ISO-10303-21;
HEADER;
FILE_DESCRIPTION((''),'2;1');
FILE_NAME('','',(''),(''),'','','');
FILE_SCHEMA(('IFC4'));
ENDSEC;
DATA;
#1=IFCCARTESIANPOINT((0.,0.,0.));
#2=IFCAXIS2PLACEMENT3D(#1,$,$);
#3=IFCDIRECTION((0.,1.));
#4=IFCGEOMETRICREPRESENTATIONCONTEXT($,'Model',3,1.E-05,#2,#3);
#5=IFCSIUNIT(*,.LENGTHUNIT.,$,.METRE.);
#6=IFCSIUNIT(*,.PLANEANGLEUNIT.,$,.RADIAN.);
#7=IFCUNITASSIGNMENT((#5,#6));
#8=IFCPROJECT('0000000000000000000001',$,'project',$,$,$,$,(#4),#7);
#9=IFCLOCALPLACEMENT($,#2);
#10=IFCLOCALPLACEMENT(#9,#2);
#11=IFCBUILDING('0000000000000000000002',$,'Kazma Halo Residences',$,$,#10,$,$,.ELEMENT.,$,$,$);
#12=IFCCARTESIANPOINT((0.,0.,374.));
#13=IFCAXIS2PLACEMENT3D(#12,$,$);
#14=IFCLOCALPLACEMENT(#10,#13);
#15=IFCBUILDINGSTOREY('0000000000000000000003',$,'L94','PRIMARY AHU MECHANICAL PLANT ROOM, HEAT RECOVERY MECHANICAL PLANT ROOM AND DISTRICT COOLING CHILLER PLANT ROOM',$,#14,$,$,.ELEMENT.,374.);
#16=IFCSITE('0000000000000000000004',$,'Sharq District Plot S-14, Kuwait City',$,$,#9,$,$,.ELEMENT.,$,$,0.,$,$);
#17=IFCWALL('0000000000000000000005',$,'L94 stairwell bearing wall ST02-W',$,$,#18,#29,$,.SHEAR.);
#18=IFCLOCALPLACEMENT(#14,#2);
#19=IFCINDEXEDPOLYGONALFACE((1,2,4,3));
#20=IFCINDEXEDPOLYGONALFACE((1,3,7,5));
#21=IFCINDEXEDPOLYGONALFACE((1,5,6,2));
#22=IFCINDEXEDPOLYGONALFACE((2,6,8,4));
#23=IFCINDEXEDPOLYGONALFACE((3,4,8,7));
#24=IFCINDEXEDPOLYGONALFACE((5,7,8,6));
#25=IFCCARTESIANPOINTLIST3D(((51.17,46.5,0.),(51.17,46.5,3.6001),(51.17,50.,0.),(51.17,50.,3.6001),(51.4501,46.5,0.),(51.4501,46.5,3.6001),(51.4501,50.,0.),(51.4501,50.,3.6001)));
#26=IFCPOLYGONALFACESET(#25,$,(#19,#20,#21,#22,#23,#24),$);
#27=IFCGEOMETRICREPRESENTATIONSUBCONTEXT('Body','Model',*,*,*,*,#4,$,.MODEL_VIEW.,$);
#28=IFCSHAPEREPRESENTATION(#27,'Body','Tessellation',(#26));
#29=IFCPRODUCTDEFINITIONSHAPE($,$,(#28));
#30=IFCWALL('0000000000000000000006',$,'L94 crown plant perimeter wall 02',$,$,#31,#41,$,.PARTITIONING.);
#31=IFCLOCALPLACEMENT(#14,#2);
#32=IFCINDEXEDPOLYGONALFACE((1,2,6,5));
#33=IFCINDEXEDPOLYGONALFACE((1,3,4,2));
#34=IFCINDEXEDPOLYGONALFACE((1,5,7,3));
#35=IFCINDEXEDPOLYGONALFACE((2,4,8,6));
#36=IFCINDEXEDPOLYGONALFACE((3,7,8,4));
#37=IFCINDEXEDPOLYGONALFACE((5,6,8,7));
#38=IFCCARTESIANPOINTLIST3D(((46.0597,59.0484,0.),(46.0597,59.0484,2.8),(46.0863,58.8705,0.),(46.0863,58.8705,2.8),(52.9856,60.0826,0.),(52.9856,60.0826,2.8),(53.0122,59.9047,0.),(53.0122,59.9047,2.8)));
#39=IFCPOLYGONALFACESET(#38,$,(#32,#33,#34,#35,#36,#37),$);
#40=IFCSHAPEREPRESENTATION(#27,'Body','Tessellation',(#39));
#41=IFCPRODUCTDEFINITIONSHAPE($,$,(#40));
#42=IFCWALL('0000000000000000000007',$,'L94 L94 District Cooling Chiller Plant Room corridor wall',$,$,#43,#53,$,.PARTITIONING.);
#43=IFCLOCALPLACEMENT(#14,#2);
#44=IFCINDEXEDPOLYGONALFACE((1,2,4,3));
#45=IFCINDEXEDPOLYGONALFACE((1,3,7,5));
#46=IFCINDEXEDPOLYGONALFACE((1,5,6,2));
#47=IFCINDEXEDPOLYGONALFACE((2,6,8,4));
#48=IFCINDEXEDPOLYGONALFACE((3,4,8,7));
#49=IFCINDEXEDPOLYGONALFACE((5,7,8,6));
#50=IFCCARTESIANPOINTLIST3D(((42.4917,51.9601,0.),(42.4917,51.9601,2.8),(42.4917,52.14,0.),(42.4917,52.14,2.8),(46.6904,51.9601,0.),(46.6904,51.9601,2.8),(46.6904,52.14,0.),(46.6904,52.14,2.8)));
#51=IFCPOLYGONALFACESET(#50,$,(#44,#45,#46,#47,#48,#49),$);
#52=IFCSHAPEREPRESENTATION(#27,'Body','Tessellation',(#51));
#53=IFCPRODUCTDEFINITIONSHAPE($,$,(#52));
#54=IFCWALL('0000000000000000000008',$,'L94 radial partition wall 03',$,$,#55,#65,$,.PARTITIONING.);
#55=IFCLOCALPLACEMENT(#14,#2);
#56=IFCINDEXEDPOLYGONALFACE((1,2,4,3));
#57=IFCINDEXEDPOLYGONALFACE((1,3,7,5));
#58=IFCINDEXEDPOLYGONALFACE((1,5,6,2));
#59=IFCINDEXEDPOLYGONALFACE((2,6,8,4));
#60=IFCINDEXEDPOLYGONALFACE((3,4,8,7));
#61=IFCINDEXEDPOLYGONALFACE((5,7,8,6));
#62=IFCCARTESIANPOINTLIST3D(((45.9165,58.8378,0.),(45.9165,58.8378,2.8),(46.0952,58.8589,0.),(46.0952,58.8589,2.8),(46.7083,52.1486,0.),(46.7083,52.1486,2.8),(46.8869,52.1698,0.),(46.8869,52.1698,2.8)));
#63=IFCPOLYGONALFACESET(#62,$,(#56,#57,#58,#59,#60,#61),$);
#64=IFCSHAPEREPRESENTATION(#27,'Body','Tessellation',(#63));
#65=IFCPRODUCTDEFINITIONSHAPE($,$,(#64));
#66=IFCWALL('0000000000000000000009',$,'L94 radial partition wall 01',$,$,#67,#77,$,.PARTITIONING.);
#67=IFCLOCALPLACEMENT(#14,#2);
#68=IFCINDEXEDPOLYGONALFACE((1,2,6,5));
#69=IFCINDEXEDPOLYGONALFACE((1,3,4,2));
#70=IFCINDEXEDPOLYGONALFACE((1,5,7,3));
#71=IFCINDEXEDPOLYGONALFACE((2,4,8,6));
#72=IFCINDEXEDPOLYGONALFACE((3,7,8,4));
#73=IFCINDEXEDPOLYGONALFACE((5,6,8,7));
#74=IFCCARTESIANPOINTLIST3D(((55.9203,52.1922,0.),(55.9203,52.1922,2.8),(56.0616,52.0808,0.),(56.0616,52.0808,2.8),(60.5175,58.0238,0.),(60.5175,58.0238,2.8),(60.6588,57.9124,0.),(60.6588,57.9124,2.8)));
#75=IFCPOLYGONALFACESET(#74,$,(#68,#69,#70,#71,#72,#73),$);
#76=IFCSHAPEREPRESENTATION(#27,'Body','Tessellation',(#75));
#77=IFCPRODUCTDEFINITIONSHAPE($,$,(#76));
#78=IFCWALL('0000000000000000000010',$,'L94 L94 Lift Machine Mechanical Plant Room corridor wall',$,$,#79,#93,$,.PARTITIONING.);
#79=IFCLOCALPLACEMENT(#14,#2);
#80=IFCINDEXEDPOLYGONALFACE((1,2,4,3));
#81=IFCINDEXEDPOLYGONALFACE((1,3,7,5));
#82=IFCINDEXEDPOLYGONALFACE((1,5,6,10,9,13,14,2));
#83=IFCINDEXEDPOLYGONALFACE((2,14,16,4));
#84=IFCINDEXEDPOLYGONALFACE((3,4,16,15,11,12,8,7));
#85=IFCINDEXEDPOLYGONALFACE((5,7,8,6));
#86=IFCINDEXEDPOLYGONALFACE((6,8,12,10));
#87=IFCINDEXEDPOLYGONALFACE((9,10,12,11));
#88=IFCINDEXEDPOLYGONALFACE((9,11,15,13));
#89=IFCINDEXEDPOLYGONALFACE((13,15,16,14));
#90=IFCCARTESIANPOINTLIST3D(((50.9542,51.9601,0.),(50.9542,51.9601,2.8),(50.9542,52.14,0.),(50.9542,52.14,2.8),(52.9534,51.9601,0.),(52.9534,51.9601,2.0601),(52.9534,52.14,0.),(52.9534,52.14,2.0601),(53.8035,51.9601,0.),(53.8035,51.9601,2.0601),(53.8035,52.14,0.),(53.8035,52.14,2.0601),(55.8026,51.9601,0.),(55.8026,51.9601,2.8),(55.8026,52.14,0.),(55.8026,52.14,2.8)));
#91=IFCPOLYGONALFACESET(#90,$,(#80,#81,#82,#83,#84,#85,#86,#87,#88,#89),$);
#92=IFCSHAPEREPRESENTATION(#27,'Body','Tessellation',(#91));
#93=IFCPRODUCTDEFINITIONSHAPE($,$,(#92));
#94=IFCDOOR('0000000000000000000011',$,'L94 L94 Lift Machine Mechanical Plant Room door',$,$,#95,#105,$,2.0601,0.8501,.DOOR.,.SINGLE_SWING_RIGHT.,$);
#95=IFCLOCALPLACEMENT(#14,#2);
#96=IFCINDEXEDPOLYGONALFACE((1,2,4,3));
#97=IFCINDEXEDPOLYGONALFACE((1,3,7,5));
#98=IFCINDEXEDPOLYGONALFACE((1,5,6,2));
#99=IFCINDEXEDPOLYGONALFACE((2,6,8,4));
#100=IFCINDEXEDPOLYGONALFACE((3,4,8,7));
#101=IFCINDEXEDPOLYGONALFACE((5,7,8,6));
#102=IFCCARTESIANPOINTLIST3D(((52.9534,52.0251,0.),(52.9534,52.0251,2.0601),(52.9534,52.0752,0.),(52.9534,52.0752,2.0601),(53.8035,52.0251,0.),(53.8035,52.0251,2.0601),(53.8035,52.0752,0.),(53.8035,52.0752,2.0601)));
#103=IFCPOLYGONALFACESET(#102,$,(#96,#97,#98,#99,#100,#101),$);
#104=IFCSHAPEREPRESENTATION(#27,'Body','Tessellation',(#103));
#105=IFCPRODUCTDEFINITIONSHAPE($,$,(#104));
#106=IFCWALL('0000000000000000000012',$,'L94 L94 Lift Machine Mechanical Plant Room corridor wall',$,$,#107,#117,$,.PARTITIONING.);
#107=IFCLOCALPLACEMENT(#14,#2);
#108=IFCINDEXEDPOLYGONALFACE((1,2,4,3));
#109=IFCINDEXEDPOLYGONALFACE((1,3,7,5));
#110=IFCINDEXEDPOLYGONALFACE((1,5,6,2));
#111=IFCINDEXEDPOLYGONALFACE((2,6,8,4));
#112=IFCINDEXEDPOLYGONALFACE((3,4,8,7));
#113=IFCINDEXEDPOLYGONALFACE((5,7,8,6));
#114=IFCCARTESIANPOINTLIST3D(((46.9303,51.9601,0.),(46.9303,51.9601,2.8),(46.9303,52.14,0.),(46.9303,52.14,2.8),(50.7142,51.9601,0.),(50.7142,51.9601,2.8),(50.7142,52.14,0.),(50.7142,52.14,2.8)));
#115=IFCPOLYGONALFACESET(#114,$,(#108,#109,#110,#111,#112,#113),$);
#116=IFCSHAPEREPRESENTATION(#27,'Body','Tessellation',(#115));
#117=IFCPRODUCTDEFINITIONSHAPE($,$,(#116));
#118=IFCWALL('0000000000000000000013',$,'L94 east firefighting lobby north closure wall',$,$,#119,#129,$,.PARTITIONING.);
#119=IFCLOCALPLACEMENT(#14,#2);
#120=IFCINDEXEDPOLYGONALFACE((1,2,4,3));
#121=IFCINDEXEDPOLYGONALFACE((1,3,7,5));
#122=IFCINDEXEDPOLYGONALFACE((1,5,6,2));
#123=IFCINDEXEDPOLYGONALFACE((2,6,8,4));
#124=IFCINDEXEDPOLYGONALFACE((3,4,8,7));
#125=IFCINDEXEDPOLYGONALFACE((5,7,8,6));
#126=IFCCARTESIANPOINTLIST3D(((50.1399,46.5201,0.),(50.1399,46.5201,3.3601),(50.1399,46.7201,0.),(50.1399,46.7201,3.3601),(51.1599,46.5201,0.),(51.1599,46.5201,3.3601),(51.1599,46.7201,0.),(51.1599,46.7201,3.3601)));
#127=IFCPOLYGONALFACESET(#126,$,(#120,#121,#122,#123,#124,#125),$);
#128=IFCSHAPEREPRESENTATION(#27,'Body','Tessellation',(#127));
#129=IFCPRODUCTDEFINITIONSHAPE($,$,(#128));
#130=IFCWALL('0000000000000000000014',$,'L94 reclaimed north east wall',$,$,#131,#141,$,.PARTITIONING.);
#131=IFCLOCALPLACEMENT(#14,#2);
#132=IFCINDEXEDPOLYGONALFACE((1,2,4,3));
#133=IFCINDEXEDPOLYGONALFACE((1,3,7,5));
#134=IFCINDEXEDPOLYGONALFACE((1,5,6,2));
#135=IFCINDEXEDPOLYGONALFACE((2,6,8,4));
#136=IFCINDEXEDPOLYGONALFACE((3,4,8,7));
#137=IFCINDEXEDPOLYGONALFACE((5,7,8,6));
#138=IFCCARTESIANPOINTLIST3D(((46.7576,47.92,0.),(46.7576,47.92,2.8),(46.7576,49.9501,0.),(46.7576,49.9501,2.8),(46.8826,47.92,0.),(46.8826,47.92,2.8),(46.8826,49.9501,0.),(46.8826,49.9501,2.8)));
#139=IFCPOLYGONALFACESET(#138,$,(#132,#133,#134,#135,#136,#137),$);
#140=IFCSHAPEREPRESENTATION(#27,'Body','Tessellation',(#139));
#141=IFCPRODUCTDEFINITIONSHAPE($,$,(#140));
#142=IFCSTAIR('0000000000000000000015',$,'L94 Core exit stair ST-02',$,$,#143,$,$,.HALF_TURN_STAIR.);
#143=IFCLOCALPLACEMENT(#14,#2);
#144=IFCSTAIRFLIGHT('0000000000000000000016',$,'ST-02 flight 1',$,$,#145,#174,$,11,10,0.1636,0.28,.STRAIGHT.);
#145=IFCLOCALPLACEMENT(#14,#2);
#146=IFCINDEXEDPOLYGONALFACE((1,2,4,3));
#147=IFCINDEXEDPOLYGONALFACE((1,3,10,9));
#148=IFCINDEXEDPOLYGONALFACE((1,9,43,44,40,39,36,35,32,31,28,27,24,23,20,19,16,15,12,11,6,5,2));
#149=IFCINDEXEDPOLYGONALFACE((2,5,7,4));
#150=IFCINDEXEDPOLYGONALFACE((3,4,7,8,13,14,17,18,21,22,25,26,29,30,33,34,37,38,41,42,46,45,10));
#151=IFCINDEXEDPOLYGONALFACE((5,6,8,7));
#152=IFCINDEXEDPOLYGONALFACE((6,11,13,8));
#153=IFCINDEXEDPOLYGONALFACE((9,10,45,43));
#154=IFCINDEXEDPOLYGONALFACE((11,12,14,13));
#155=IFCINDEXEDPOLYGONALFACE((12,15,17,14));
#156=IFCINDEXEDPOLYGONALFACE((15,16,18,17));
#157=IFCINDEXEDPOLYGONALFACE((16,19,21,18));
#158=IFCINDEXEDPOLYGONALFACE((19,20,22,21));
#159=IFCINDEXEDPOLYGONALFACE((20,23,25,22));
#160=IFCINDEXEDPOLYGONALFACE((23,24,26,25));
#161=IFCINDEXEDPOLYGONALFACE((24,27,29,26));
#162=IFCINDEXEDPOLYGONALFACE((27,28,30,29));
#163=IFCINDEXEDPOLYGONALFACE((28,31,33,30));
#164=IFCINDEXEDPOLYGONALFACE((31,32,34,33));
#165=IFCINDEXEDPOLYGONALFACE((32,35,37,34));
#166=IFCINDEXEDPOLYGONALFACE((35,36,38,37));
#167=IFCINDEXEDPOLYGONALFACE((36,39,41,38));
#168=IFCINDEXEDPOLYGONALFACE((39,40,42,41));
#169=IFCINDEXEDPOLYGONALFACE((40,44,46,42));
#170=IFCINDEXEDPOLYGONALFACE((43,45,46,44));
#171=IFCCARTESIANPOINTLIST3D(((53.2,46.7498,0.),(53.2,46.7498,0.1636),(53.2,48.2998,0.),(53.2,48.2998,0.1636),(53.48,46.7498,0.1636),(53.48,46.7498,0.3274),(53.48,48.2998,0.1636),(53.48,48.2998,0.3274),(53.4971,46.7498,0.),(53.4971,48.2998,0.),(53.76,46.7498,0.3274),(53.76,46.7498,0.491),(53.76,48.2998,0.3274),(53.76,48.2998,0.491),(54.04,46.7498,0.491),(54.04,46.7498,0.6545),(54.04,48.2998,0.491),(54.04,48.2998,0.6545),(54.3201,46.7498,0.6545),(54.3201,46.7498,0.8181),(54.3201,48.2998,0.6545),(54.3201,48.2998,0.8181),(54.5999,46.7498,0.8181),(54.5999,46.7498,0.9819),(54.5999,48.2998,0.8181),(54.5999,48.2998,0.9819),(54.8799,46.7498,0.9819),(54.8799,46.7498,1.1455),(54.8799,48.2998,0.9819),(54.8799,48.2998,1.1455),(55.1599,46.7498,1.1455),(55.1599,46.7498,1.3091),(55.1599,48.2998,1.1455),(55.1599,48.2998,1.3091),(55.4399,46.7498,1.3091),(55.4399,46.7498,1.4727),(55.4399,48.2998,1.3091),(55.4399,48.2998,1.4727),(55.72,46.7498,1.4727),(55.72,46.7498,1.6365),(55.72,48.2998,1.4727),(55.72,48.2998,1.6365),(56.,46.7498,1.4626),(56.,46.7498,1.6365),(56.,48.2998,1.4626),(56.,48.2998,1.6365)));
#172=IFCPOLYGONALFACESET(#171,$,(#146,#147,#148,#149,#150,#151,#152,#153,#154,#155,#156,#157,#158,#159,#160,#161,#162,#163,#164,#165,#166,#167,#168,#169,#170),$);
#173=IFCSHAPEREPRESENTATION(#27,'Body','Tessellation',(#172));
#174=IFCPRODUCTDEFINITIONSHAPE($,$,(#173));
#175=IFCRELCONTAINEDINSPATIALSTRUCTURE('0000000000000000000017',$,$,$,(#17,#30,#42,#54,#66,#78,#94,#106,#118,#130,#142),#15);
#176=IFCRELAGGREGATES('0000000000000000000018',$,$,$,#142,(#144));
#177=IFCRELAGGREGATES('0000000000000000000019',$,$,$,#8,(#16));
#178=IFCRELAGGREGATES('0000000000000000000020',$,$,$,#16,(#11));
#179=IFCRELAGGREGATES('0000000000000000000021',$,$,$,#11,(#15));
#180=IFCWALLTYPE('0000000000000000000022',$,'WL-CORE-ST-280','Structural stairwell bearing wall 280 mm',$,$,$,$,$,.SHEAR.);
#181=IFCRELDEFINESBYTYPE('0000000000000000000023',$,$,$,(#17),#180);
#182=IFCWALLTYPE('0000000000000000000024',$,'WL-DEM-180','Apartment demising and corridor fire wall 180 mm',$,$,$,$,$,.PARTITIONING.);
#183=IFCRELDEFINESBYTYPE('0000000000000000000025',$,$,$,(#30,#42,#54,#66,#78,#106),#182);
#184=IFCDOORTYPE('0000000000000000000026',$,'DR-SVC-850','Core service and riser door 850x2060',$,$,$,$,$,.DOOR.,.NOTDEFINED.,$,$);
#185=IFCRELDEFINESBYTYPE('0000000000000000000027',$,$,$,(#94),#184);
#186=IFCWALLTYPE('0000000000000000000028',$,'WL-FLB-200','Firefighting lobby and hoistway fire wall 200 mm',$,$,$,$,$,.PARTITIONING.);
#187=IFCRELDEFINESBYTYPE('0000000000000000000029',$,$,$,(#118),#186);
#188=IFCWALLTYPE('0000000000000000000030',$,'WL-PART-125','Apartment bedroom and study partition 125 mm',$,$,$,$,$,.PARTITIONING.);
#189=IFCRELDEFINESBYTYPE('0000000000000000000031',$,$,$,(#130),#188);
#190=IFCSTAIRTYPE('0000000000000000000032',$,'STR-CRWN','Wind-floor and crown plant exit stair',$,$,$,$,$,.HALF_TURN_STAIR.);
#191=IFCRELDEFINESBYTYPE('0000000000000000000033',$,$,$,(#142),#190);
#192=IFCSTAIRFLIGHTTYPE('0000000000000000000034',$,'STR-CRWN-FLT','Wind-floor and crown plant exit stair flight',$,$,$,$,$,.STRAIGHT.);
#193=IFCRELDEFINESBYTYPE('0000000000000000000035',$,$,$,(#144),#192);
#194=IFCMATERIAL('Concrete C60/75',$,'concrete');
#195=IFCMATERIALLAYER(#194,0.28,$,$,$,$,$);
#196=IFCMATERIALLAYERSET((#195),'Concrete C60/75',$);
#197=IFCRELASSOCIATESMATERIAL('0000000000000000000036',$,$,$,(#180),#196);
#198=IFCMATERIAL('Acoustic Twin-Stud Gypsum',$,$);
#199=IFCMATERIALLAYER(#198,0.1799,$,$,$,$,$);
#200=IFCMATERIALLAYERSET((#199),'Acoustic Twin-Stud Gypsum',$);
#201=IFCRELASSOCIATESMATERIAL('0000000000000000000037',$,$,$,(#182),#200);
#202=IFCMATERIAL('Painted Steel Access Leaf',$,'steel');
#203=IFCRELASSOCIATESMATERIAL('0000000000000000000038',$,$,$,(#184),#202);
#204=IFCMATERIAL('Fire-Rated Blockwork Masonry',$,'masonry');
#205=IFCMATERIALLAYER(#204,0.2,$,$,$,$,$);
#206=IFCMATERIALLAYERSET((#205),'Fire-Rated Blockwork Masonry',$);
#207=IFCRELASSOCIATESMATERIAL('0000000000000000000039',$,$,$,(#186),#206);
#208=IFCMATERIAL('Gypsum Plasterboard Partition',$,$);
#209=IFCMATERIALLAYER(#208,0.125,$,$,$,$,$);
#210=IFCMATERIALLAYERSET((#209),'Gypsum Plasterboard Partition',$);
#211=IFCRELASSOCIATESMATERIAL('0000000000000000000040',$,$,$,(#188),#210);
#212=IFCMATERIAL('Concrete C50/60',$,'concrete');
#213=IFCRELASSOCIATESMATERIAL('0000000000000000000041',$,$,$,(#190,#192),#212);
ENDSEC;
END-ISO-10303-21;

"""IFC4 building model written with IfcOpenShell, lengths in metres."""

from ifc_helpers import new_model, si_unit, direction, frame, frame_2d, origin, place, context, subcontext, project, spatial, polyline, rectangle, outline, extrude, material, layer, layer_set, type_object, element, fill, aggregate, save


model = new_model("IFC4")

# Units and contexts
model_context = context("Model", 3, precision=1e-05, world=origin(), true_north=direction((0.0, 1.0)))
body_context = subcontext(model_context, "Body", "Model", "MODEL_VIEW")
ifc_project = project(units=[si_unit("LENGTHUNIT", "METRE"), si_unit("PLANEANGLEUNIT", "RADIAN")], contexts=[model_context])

# Site, building, storey
site_placement = place(None, origin())
site = spatial("IfcSite", under=ifc_project, at=site_placement, Name="Sharq District Plot S-14, Kuwait City", CompositionType="ELEMENT", RefElevation=0.0)
building_placement = place(site_placement, origin())
building = spatial("IfcBuilding", under=site, at=building_placement, Name="Kazma Halo Residences", CompositionType="ELEMENT")
storey_placement = place(building_placement, frame((0.0, 0.0, 374.0)))
storey = spatial("IfcBuildingStorey", under=building, at=storey_placement, Name="L94", Description="PRIMARY AHU MECHANICAL PLANT ROOM, HEAT RECOVERY MECHANICAL PLANT ROOM AND DISTRICT COOLING CHILLER PLANT ROOM", CompositionType="ELEMENT", Elevation=374.0)

# Walls
ifc_material_1 = material(Name="Concrete C60/75", Category="concrete")
ifc_layer_1 = layer(ifc_material_1, 0.28)
ifc_layer_set_1 = layer_set([ifc_layer_1], Name="Concrete C60/75")
wall_type_1 = type_object("IfcWallType", Name="WL-CORE-ST-280", Description="Structural stairwell bearing wall 280 mm", PredefinedType="SHEAR", material=ifc_layer_set_1)
wall_1_placement = place(storey_placement, frame((51.3101, 46.5, 0.0), z_axis=(0.0, 0.0, 1.0), x_axis=(0.0, 1.0, 0.0)))
element("IfcWall", 1, at=wall_1_placement, inside=storey, type_object=wall_type_1, Name="L94 stairwell bearing wall ST02-W", PredefinedType="SHEAR", context=body_context, shape_type="SweptSolid", body=[
    extrude(rectangle(XDim=3.5, YDim=0.28, at=frame_2d((1.75, 0.0))), origin(), (0.0, 0.0, 1.0), 3.6001),
])
ifc_material_2 = material(Name="Acoustic Twin-Stud Gypsum")
ifc_layer_2 = layer(ifc_material_2, 0.1799)
ifc_layer_set_2 = layer_set([ifc_layer_2], Name="Acoustic Twin-Stud Gypsum")
wall_type_2 = type_object("IfcWallType", Name="WL-DEM-180", Description="Apartment demising and corridor fire wall 180 mm", PredefinedType="PARTITIONING", material=ifc_layer_set_2)
wall_2_placement = place(storey_placement, frame((52.999, 59.9937, 0.0), z_axis=(0.0, 0.0, 1.0), x_axis=(-0.989034, -0.147686, 0.0)))
element("IfcWall", 2, at=wall_2_placement, inside=storey, type_object=wall_type_2, Name="L94 crown plant perimeter wall 02", PredefinedType="PARTITIONING", context=body_context, shape_type="SweptSolid", body=[
    extrude(rectangle(XDim=7.0027, YDim=0.1799, at=frame_2d((3.5015, 0.0))), origin(), (0.0, 0.0, 1.0), 2.8),
])
wall_3_placement = place(storey_placement, frame((46.6904, 52.05, 0.0), z_axis=(0.0, 0.0, 1.0), x_axis=(-1.0, 0.0, 0.0)))
element("IfcWall", 3, at=wall_3_placement, inside=storey, type_object=wall_type_2, Name="L94 L94 District Cooling Chiller Plant Room corridor wall", PredefinedType="PARTITIONING", context=body_context, shape_type="SweptSolid", body=[
    extrude(rectangle(XDim=4.1987, YDim=0.1799, at=frame_2d((2.0994, 0.0))), origin(), (0.0, 0.0, 1.0), 2.8),
])
wall_4_placement = place(storey_placement, frame((46.7976, 52.1592, 0.0), z_axis=(0.0, 0.0, 1.0), x_axis=(-0.117541, 0.993068, 0.0)))
element("IfcWall", 4, at=wall_4_placement, inside=storey, type_object=wall_type_2, Name="L94 radial partition wall 03", PredefinedType="PARTITIONING", context=body_context, shape_type="SweptSolid", body=[
    extrude(rectangle(XDim=6.7358, YDim=0.1799, at=frame_2d((3.3679, 0.0))), origin(), (0.0, 0.0, 1.0), 2.8),
])
wall_5_placement = place(storey_placement, frame((55.991, 52.1365, 0.0), z_axis=(0.0, 0.0, 1.0), x_axis=(0.61909, 0.78532, 0.0)))
element("IfcWall", 5, at=wall_5_placement, inside=storey, type_object=wall_type_2, Name="L94 radial partition wall 01", PredefinedType="PARTITIONING", context=body_context, shape_type="SweptSolid", body=[
    extrude(rectangle(XDim=7.4258, YDim=0.1799, at=frame_2d((3.7129, 0.0))), origin(), (0.0, 0.0, 1.0), 2.8),
])

# Wall, opening, door
wall_6_placement = place(storey_placement, frame((55.8027, 52.05, 0.0), z_axis=(0.0, 0.0, 1.0), x_axis=(-1.0, 0.0, 0.0)))
wall_6 = element("IfcWall", 6, at=wall_6_placement, inside=storey, type_object=wall_type_2, Name="L94 L94 Lift Machine Mechanical Plant Room corridor wall", PredefinedType="PARTITIONING", context=body_context, shape_type="SweptSolid", body=[
    extrude(rectangle(XDim=4.8484, YDim=0.1799, at=frame_2d((2.4243, 0.0))), origin(), (0.0, 0.0, 1.0), 2.8),
])
opening_1_placement = place(wall_6_placement, frame((1.9993, 0.0, 0.0)))
opening_1 = element("IfcOpeningElement", 7, at=opening_1_placement, cuts=wall_6, PredefinedType="OPENING", context=body_context, shape_type="SweptSolid", body=[
    extrude(rectangle(XDim=0.8501, YDim=2.0601, at=frame_2d((0.425, 1.03))), frame((0.0, 0.0999, 0.0), z_axis=(0.0, -1.0, 0.0), x_axis=(1.0, 0.0, 0.0)), (0.0, 0.0, 1.0), 0.2),
])
ifc_material_3 = material(Name="Painted Steel Access Leaf", Category="steel")
door_type_1 = type_object("IfcDoorType", Name="DR-SVC-850", Description="Core service and riser door 850x2060", OperationType="NOTDEFINED", PredefinedType="DOOR", material=ifc_material_3)
door_1_placement = place(opening_1_placement, origin())
door_1 = element("IfcDoor", 8, at=door_1_placement, inside=storey, type_object=door_type_1, Name="L94 L94 Lift Machine Mechanical Plant Room door", OperationType="SINGLE_SWING_RIGHT", OverallHeight=2.0601, OverallWidth=0.8501, PredefinedType="DOOR", context=body_context, shape_type="SweptSolid", body=[
    extrude(rectangle(XDim=0.8501, YDim=2.0601, at=frame_2d((0.425, 1.03))), frame((0.0, 0.0249, 0.0), z_axis=(0.0, -1.0, 0.0), x_axis=(1.0, 0.0, 0.0)), (0.0, 0.0, 1.0), 0.05),
])
fill(opening_1, door_1)

# Walls
wall_7_placement = place(storey_placement, frame((50.7144, 52.05, 0.0), z_axis=(0.0, 0.0, 1.0), x_axis=(-1.0, 0.0, 0.0)))
element("IfcWall", 9, at=wall_7_placement, inside=storey, type_object=wall_type_2, Name="L94 L94 Lift Machine Mechanical Plant Room corridor wall", PredefinedType="PARTITIONING", context=body_context, shape_type="SweptSolid", body=[
    extrude(rectangle(XDim=3.7839, YDim=0.1799, at=frame_2d((1.8921, 0.0))), origin(), (0.0, 0.0, 1.0), 2.8),
])
ifc_material_4 = material(Name="Fire-Rated Blockwork Masonry", Category="masonry")
ifc_layer_3 = layer(ifc_material_4, 0.2)
ifc_layer_set_3 = layer_set([ifc_layer_3], Name="Fire-Rated Blockwork Masonry")
wall_type_3 = type_object("IfcWallType", Name="WL-FLB-200", Description="Firefighting lobby and hoistway fire wall 200 mm", PredefinedType="PARTITIONING", material=ifc_layer_set_3)
wall_8_placement = place(storey_placement, frame((50.1399, 46.6201, 0.0), z_axis=(0.0, 0.0, 1.0), x_axis=(1.0, 0.0, 0.0)))
element("IfcWall", 10, at=wall_8_placement, inside=storey, type_object=wall_type_3, Name="L94 east firefighting lobby north closure wall", PredefinedType="PARTITIONING", context=body_context, shape_type="SweptSolid", body=[
    extrude(rectangle(XDim=1.02, YDim=0.2, at=frame_2d((0.51, 0.0))), origin(), (0.0, 0.0, 1.0), 3.3601),
])
ifc_material_5 = material(Name="Gypsum Plasterboard Partition")
ifc_layer_4 = layer(ifc_material_5, 0.125)
ifc_layer_set_4 = layer_set([ifc_layer_4], Name="Gypsum Plasterboard Partition")
wall_type_4 = type_object("IfcWallType", Name="WL-PART-125", Description="Apartment bedroom and study partition 125 mm", PredefinedType="PARTITIONING", material=ifc_layer_set_4)
wall_9_placement = place(storey_placement, frame((46.8201, 47.9199, 0.0), z_axis=(0.0, 0.0, 1.0), x_axis=(0.0, 1.0, 0.0)))
element("IfcWall", 11, at=wall_9_placement, inside=storey, type_object=wall_type_4, Name="L94 reclaimed north east wall", PredefinedType="PARTITIONING", context=body_context, shape_type="SweptSolid", body=[
    extrude(rectangle(XDim=2.03, YDim=0.125, at=frame_2d((1.0151, 0.0))), origin(), (0.0, 0.0, 1.0), 2.8),
])

# Shared definitions
ifc_material_6 = material(Name="Concrete C50/60", Category="concrete")

# Stair, stair flight
stair_type = type_object("IfcStairType", Name="STR-CRWN", Description="Wind-floor and crown plant exit stair", PredefinedType="HALF_TURN_STAIR", material=ifc_material_6)
stair_placement = place(storey_placement, origin())
stair = element("IfcStair", 12, at=stair_placement, inside=storey, type_object=stair_type, Name="L94 Core exit stair ST-02", PredefinedType="HALF_TURN_STAIR")
stair_flight_type = type_object("IfcStairFlightType", Name="STR-CRWN-FLT", Description="Wind-floor and crown plant exit stair flight", PredefinedType="STRAIGHT", material=ifc_material_6)
stair_flight_placement = place(storey_placement, frame((53.2, 47.5249, 0.0), z_axis=(0.0, 0.0, 1.0), x_axis=(1.0, 0.0, 0.0)))
stair_flight = element("IfcStairFlight", 13, at=stair_flight_placement, type_object=stair_flight_type, Name="ST-02 flight 1", NumberOfRisers=11, NumberOfTreads=10, PredefinedType="STRAIGHT", RiserHeight=0.1636, TreadLength=0.28, context=body_context, shape_type="SweptSolid", body=[
    extrude(outline(polyline([(0.0, 0.0), (0.0, 0.1636), (0.28, 0.1636), (0.28, 0.3274), (0.5601, 0.3274), (0.5601, 0.491), (0.8401, 0.491), (0.8401, 0.6545), (1.1201, 0.6545), (1.1201, 0.8181), (1.3999, 0.8181), (1.3999, 0.9819), (1.6799, 0.9819), (1.6799, 1.1455), (1.96, 1.1455), (1.96, 1.3091), (2.24, 1.3091), (2.24, 1.4727), (2.52, 1.4727), (2.52, 1.6365), (2.8, 1.6365), (2.8, 1.8), (2.8, 1.4626), (0.2971, 0.0), (0.0, 0.0)])), frame((0.0, 0.7749, 0.0), z_axis=(0.0, -1.0, 0.0), x_axis=(1.0, 0.0, 0.0)), (0.0, 0.0, 1.0), 1.55),
])
aggregate(stair, [stair_flight])

save(model, "model.ifc")
